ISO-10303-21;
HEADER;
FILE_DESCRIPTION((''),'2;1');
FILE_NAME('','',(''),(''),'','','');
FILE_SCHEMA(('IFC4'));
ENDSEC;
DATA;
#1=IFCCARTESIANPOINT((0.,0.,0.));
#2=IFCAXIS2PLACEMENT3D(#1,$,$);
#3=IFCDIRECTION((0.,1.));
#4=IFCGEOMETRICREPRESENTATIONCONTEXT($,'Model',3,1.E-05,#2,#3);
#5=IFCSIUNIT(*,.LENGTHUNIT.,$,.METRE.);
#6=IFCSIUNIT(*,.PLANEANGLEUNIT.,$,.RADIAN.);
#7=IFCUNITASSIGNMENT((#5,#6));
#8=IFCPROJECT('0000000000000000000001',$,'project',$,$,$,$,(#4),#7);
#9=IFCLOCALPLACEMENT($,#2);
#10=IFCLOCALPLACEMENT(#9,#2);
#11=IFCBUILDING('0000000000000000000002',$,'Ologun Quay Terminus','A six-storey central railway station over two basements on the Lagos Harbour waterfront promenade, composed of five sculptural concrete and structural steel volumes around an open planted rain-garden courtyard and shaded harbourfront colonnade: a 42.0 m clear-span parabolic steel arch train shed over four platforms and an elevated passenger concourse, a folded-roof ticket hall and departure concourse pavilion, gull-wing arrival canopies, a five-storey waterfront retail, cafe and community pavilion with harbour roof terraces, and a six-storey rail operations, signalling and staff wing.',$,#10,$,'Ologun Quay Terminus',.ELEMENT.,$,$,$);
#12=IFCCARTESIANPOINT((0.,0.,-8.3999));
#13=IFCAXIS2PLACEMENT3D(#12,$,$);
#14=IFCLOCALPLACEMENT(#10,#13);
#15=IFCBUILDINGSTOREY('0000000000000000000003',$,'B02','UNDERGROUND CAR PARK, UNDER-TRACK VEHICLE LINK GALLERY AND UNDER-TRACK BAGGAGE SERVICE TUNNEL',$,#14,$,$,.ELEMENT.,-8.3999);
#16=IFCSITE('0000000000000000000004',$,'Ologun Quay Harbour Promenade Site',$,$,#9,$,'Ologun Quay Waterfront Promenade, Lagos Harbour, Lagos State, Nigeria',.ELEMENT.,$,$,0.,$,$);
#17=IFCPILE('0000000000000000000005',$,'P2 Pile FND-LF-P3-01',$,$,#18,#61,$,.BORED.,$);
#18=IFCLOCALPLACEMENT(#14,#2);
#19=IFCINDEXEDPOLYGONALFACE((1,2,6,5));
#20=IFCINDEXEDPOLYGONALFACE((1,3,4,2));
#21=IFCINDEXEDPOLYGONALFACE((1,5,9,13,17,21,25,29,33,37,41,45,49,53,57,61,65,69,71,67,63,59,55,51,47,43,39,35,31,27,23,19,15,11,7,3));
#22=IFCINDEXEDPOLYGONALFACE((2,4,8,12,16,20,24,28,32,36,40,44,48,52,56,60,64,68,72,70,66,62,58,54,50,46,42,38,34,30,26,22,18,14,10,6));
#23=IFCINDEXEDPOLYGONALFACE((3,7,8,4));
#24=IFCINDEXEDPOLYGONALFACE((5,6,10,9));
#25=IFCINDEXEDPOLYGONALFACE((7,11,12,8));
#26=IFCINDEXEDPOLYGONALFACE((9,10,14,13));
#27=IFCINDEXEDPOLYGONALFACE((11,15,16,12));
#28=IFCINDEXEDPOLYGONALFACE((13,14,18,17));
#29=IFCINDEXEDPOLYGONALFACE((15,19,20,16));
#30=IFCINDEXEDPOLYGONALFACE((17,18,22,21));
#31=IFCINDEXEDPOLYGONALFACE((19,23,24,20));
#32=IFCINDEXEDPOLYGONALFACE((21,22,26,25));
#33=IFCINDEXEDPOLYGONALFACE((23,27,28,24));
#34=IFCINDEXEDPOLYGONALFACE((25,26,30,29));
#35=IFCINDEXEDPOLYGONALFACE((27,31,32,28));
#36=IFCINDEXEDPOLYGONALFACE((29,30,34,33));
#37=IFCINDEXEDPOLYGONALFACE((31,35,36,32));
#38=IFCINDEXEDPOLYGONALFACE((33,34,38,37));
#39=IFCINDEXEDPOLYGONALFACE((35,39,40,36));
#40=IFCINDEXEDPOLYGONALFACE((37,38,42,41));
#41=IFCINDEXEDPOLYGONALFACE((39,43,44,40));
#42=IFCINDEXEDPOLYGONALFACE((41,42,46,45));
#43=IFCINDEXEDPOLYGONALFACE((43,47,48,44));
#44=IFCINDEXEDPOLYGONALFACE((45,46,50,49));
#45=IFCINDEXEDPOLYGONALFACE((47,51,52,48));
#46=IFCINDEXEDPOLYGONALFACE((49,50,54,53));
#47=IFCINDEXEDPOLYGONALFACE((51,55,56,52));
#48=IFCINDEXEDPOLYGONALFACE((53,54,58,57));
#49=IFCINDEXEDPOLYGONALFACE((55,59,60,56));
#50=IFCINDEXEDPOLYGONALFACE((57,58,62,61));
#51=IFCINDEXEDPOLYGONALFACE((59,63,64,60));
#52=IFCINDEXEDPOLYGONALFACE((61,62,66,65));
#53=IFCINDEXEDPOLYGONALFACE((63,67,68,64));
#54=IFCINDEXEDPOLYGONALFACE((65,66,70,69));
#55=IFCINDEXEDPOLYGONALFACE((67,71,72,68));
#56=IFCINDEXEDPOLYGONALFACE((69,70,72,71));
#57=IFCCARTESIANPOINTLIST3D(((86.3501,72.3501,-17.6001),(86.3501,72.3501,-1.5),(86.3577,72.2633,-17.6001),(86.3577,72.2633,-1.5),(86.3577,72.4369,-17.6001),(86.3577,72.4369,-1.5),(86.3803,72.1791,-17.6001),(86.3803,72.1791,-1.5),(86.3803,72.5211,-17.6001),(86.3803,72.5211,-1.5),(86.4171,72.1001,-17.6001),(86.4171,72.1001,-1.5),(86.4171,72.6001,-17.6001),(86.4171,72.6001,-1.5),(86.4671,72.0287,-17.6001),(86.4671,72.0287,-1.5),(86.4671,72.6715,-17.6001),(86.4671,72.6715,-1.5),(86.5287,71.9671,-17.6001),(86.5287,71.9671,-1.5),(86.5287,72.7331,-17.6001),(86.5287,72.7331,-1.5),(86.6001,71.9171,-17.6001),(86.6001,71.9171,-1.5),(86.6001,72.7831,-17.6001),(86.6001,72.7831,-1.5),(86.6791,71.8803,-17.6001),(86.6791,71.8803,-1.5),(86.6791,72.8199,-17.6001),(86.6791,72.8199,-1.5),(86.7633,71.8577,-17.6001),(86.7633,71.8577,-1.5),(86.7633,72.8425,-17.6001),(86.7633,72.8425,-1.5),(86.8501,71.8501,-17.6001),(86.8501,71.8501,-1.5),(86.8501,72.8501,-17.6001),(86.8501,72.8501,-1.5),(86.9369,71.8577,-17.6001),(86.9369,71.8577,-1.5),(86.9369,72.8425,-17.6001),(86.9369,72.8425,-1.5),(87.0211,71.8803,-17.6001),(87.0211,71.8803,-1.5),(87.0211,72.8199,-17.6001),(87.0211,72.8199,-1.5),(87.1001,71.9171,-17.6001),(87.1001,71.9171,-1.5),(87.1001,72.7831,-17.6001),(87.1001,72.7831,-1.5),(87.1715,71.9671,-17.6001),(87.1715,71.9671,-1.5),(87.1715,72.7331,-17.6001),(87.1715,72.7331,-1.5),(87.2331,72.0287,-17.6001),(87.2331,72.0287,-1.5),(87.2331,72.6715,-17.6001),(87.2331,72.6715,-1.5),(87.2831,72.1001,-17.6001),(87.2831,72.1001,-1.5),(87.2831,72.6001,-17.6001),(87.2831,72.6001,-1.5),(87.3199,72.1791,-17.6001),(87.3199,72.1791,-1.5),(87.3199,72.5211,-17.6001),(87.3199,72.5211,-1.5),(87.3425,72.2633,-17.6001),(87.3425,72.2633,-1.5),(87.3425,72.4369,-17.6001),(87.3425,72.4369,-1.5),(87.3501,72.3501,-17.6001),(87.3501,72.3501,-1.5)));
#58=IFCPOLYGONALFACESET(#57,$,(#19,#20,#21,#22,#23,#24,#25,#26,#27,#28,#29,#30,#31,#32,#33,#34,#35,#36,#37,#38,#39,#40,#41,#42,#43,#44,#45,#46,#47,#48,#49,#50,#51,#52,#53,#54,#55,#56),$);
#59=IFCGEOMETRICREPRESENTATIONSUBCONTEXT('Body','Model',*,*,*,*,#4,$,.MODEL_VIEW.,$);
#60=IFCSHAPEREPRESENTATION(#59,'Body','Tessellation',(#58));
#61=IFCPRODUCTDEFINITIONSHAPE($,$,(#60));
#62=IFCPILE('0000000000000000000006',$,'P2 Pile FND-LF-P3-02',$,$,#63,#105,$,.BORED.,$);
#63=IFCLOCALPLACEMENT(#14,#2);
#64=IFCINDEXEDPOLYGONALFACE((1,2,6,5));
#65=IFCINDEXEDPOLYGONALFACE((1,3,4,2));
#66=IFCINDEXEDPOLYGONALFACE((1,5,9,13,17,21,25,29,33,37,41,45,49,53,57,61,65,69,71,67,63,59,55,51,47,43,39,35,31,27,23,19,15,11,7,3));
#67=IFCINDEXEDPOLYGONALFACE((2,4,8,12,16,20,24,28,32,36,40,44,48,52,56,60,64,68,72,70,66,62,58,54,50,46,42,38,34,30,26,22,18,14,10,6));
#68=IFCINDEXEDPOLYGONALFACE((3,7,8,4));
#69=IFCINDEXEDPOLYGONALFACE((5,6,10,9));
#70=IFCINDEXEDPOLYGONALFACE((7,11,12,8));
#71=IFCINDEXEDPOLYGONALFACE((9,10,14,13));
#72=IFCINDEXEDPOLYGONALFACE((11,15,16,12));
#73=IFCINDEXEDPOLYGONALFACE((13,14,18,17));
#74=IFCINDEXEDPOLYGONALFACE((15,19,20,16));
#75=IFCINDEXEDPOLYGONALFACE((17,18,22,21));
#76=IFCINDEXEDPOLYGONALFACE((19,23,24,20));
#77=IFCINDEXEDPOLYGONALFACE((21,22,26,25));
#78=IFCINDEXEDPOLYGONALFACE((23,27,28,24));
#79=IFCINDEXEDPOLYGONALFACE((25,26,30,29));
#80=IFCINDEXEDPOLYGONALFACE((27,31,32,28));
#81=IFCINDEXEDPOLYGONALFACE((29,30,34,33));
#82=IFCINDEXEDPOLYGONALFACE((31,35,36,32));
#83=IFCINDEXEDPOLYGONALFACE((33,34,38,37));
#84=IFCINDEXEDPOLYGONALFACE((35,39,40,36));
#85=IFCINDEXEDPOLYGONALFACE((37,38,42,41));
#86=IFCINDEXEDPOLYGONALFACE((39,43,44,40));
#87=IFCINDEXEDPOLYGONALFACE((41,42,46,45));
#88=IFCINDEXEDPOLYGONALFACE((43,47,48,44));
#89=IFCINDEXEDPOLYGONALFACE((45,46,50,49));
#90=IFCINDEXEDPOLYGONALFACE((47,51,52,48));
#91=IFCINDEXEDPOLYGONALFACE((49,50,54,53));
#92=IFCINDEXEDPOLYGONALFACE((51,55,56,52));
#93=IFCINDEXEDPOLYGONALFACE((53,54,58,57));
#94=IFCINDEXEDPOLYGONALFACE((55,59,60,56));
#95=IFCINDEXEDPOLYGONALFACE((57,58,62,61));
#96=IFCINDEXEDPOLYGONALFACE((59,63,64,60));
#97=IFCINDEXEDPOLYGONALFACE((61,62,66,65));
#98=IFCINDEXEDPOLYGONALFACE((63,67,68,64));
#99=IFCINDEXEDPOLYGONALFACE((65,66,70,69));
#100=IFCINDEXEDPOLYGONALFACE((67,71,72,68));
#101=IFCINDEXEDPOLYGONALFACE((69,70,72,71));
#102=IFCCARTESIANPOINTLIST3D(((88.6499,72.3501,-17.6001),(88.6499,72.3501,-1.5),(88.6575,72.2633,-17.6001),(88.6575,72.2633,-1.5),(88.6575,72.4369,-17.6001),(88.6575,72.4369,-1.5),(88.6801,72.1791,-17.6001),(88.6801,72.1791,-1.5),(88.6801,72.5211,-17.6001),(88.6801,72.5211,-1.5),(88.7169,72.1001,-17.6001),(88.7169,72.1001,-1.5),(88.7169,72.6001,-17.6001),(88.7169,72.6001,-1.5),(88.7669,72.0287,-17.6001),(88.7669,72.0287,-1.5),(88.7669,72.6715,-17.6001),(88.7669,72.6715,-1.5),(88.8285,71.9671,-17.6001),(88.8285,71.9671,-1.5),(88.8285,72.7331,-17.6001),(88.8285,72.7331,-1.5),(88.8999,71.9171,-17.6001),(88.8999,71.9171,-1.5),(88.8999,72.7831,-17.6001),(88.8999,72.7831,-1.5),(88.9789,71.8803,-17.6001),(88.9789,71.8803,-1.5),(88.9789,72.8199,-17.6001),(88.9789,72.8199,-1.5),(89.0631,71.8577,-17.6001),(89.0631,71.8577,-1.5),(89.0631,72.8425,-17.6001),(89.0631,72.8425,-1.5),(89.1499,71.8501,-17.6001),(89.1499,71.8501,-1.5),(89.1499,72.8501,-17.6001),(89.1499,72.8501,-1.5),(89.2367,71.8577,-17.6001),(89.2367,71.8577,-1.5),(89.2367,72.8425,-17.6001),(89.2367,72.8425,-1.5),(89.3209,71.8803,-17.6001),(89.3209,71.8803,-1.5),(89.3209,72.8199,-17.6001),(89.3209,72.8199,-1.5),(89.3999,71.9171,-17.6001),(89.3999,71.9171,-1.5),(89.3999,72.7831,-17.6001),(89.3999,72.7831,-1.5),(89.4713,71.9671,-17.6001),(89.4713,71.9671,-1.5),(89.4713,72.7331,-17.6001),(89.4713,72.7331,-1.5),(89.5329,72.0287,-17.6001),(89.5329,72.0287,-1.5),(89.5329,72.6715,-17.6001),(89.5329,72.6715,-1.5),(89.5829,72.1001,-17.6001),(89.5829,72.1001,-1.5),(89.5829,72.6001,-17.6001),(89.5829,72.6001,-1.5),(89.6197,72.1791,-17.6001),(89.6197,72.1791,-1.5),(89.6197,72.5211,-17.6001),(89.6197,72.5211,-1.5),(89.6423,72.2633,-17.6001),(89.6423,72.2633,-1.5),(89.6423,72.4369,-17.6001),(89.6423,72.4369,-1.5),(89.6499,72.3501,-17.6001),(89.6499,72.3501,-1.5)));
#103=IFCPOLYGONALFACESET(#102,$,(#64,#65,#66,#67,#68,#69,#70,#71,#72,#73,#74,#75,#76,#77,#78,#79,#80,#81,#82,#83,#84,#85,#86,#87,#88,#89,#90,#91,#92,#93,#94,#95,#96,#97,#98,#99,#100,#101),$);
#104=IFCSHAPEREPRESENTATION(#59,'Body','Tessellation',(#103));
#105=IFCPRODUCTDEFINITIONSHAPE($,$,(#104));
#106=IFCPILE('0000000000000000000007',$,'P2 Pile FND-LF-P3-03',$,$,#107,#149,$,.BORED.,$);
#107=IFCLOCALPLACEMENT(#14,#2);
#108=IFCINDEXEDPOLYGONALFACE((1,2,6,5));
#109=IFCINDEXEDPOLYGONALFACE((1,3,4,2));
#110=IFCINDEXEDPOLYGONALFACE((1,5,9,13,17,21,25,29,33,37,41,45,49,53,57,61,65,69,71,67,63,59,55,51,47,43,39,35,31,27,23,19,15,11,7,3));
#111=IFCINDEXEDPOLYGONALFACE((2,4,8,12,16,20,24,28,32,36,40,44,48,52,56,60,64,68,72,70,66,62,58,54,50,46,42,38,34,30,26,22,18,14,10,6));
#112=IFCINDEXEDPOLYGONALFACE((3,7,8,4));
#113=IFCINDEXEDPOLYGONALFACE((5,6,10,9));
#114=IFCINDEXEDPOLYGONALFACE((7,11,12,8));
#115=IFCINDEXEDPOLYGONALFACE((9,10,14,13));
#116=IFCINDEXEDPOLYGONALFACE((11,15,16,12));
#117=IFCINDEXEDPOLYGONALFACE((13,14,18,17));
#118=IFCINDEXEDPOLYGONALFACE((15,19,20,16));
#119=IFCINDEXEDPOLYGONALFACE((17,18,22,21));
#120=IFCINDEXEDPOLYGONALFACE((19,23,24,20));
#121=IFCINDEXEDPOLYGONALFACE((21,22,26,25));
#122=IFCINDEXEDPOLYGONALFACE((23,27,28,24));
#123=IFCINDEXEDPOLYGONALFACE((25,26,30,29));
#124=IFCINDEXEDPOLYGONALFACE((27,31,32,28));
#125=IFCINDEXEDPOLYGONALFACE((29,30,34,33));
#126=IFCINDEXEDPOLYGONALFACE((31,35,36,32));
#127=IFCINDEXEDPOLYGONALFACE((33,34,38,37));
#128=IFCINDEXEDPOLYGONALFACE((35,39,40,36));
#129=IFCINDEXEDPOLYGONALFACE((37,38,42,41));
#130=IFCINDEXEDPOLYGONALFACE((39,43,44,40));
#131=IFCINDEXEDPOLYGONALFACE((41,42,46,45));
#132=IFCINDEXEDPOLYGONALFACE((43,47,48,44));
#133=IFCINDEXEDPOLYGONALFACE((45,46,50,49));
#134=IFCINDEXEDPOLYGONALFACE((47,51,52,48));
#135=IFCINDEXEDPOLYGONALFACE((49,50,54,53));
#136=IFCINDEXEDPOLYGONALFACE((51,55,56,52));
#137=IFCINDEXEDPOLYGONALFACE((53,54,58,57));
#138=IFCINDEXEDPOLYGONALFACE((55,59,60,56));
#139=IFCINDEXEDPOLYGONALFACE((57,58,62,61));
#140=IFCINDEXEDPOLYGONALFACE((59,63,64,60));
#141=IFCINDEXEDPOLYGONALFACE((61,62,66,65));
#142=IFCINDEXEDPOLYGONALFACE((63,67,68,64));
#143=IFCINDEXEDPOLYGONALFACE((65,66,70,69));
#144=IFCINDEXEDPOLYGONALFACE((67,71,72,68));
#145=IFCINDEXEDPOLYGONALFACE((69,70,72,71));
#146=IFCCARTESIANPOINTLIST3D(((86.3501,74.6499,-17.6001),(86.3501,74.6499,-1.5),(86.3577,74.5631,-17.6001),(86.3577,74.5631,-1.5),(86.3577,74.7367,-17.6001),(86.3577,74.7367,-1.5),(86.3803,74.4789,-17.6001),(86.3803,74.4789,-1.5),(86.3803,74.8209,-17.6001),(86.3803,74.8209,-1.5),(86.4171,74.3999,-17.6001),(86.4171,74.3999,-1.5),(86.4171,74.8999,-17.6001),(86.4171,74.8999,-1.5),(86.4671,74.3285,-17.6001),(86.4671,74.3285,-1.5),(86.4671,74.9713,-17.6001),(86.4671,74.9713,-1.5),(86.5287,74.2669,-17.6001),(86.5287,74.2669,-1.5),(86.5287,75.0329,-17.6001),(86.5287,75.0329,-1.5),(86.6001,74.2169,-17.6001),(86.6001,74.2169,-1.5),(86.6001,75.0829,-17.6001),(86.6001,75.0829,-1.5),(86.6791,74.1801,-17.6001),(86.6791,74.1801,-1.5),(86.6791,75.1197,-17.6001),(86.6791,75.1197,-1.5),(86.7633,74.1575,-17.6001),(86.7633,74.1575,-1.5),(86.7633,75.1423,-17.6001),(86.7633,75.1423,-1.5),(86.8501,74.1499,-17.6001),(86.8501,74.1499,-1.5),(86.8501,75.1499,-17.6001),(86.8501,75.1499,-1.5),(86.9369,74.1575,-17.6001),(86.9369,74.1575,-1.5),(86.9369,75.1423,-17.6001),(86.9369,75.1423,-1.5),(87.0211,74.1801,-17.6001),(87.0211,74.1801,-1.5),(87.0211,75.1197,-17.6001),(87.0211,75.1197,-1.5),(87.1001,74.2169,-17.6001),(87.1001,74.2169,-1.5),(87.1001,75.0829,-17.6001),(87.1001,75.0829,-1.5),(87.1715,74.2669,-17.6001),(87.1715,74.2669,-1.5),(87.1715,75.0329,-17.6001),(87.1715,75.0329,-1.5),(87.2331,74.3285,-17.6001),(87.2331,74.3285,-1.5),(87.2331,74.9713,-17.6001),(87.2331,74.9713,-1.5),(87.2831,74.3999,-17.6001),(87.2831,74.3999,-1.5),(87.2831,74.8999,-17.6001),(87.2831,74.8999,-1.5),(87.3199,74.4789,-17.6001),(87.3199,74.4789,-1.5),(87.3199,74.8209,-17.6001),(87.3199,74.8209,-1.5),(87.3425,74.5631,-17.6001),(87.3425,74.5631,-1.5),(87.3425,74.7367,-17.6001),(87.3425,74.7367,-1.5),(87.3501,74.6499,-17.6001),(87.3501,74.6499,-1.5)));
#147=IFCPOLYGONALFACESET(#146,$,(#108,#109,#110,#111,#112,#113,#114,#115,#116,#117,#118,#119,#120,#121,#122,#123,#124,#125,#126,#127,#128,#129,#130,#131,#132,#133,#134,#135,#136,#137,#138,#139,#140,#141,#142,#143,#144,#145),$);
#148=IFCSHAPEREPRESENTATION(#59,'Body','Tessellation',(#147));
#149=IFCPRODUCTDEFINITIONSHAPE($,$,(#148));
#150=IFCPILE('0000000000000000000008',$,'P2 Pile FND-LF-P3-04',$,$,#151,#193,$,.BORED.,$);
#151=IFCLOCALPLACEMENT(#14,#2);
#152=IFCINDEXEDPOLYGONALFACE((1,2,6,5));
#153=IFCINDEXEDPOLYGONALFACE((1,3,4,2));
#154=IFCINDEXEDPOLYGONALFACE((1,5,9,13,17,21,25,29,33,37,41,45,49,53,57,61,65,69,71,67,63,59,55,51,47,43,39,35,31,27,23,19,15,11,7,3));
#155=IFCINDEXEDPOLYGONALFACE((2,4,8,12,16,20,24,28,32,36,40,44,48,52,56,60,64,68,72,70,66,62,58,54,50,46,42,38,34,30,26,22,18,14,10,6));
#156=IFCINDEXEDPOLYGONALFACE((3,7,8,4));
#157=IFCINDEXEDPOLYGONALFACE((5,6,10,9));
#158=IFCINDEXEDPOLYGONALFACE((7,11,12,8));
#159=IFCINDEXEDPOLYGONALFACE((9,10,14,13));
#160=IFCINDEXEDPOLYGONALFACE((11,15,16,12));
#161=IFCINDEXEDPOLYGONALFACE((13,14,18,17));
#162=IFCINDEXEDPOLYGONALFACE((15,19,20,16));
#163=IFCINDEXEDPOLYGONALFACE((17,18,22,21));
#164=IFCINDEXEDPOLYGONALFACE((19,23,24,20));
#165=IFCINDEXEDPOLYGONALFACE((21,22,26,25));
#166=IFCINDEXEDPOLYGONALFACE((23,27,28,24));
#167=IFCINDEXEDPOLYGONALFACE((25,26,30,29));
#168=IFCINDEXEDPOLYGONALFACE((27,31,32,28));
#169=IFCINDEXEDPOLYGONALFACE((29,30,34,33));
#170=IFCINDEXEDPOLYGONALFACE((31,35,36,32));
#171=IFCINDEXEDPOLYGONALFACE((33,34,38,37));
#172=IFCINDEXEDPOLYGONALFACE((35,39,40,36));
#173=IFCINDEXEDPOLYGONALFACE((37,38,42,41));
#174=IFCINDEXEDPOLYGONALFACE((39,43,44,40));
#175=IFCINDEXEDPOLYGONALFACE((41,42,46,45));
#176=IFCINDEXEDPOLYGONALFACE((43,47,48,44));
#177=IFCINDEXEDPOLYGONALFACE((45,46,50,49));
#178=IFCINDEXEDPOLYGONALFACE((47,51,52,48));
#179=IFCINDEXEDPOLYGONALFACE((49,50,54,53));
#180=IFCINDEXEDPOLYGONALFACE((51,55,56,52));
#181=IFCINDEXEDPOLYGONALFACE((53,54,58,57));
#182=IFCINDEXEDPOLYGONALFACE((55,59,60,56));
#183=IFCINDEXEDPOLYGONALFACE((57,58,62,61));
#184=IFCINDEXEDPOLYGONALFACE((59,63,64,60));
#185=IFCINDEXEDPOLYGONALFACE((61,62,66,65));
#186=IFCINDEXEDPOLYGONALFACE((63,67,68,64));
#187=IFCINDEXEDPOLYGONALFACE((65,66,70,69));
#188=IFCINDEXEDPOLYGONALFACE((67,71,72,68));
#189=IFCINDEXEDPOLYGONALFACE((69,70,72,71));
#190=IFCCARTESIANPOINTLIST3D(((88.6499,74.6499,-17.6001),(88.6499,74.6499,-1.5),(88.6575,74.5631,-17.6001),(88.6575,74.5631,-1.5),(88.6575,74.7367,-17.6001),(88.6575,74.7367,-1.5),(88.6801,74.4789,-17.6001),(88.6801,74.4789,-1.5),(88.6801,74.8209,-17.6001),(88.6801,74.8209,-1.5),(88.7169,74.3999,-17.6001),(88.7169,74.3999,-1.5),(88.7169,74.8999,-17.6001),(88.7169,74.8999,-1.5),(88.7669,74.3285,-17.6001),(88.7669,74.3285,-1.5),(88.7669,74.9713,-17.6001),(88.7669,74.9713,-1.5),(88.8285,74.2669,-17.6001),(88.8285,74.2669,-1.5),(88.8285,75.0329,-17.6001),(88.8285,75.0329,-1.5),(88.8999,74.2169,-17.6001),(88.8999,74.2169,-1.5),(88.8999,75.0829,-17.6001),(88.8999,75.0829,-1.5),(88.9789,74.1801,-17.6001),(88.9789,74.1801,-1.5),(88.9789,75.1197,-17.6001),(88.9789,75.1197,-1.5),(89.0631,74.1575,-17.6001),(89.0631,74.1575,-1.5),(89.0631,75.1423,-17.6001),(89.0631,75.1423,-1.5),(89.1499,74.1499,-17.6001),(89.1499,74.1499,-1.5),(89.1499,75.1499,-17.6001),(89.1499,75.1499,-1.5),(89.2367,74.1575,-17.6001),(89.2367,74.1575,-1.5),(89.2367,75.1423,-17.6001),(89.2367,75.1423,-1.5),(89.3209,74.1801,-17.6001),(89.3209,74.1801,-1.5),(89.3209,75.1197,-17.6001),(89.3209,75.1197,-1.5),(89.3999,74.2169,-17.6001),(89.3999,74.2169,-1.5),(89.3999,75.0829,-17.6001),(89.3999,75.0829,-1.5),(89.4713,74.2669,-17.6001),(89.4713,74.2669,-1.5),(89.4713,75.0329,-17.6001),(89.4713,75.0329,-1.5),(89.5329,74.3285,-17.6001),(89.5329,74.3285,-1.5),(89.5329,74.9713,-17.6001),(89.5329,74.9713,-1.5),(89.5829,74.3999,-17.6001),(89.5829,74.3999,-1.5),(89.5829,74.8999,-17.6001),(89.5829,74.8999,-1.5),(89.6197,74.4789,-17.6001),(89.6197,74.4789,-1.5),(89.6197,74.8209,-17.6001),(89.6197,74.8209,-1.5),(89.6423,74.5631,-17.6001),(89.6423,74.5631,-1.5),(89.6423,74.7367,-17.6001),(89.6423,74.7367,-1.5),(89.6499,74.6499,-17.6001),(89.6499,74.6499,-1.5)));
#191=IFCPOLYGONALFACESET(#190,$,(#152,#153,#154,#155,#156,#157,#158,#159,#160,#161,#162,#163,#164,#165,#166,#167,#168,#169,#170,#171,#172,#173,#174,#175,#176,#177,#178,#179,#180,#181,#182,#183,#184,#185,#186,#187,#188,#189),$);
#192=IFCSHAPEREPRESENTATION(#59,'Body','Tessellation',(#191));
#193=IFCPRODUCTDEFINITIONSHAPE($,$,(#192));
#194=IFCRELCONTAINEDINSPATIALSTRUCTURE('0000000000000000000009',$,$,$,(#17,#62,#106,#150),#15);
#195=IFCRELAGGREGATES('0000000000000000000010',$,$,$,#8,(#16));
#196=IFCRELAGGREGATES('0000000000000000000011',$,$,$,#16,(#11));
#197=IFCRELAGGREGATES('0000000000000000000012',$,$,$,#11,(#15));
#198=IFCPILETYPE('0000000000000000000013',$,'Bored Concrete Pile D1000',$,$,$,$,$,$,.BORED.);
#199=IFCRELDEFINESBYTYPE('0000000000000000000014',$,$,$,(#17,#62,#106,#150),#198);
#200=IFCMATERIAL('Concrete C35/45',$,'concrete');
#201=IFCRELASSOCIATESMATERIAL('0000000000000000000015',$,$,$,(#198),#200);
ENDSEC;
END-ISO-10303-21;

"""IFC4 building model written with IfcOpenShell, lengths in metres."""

from ifc_helpers import new_model, si_unit, direction, frame, origin, origin_2d, place, context, subcontext, project, spatial, circle, extrude, material, material_profile, profile_set, type_object, element, save


model = new_model("IFC4")

# Units and contexts
model_context = context("Model", 3, precision=1e-05, world=origin(), true_north=direction((0.0, 1.0)))
body_context = subcontext(model_context, "Body", "Model", "MODEL_VIEW")
ifc_project = project(units=[si_unit("LENGTHUNIT", "METRE"), si_unit("PLANEANGLEUNIT", "RADIAN")], contexts=[model_context])

# Site, building, storey
site_placement = place(None, origin())
site = spatial("IfcSite", under=ifc_project, at=site_placement, Name="Ologun Quay Harbour Promenade Site", LongName="Ologun Quay Waterfront Promenade, Lagos Harbour, Lagos State, Nigeria", CompositionType="ELEMENT", RefElevation=0.0)
building_placement = place(site_placement, origin())
building = spatial("IfcBuilding", under=site, at=building_placement, Name="Ologun Quay Terminus", Description="A six-storey central railway station over two basements on the Lagos Harbour waterfront promenade, composed of five sculptural concrete and structural steel volumes around an open planted rain-garden courtyard and shaded harbourfront colonnade: a 42.0 m clear-span parabolic steel arch train shed over four platforms and an elevated passenger concourse, a folded-roof ticket hall and departure concourse pavilion, gull-wing arrival canopies, a five-storey waterfront retail, cafe and community pavilion with harbour roof terraces, and a six-storey rail operations, signalling and staff wing.", LongName="Ologun Quay Terminus", CompositionType="ELEMENT")
storey_placement = place(building_placement, frame((0.0, 0.0, -8.3999)))
storey = spatial("IfcBuildingStorey", under=building, at=storey_placement, Name="B02", Description="UNDERGROUND CAR PARK, UNDER-TRACK VEHICLE LINK GALLERY AND UNDER-TRACK BAGGAGE SERVICE TUNNEL", CompositionType="ELEMENT", Elevation=-8.3999)

# Piles
ifc_material_1 = material(Name="Concrete C35/45", Category="concrete")
ifc_material_profile_1 = material_profile(ifc_material_1, circle(Radius=0.5, at=origin_2d()), Name="PILE D1000")
ifc_profile_set_1 = profile_set([ifc_material_profile_1], Name="Concrete C35/45")
pile_type_1 = type_object("IfcPileType", Name="Bored Concrete Pile D1000", PredefinedType="BORED", material=ifc_profile_set_1)
for number, where, z_axis, x_axis, name in (
    (1, (86.8501, 72.3501, -1.5), (0.0, 0.0, -1.0), (1.0, 0.0, 0.0), "P2 Pile FND-LF-P3-01"),
    (2, (89.1499, 72.3501, -1.5), (0.0, 0.0, -1.0), (1.0, 0.0, 0.0), "P2 Pile FND-LF-P3-02"),
    (3, (86.8501, 74.6499, -1.5), (0.0, 0.0, -1.0), (1.0, 0.0, 0.0), "P2 Pile FND-LF-P3-03"),
    (4, (89.1499, 74.6499, -1.5), (0.0, 0.0, -1.0), (1.0, 0.0, 0.0), "P2 Pile FND-LF-P3-04"),
):
    element("IfcPile", number, at=place(storey_placement, frame(where, z_axis=z_axis, x_axis=x_axis)), inside=storey, type_object=pile_type_1, Name=name, PredefinedType="BORED", context=body_context, shape_type="SweptSolid", body=[
        extrude(circle(Radius=0.5, at=origin_2d()), origin(), (0.0, 0.0, 1.0), 16.1001),
    ])

save(model, "model.ifc")
